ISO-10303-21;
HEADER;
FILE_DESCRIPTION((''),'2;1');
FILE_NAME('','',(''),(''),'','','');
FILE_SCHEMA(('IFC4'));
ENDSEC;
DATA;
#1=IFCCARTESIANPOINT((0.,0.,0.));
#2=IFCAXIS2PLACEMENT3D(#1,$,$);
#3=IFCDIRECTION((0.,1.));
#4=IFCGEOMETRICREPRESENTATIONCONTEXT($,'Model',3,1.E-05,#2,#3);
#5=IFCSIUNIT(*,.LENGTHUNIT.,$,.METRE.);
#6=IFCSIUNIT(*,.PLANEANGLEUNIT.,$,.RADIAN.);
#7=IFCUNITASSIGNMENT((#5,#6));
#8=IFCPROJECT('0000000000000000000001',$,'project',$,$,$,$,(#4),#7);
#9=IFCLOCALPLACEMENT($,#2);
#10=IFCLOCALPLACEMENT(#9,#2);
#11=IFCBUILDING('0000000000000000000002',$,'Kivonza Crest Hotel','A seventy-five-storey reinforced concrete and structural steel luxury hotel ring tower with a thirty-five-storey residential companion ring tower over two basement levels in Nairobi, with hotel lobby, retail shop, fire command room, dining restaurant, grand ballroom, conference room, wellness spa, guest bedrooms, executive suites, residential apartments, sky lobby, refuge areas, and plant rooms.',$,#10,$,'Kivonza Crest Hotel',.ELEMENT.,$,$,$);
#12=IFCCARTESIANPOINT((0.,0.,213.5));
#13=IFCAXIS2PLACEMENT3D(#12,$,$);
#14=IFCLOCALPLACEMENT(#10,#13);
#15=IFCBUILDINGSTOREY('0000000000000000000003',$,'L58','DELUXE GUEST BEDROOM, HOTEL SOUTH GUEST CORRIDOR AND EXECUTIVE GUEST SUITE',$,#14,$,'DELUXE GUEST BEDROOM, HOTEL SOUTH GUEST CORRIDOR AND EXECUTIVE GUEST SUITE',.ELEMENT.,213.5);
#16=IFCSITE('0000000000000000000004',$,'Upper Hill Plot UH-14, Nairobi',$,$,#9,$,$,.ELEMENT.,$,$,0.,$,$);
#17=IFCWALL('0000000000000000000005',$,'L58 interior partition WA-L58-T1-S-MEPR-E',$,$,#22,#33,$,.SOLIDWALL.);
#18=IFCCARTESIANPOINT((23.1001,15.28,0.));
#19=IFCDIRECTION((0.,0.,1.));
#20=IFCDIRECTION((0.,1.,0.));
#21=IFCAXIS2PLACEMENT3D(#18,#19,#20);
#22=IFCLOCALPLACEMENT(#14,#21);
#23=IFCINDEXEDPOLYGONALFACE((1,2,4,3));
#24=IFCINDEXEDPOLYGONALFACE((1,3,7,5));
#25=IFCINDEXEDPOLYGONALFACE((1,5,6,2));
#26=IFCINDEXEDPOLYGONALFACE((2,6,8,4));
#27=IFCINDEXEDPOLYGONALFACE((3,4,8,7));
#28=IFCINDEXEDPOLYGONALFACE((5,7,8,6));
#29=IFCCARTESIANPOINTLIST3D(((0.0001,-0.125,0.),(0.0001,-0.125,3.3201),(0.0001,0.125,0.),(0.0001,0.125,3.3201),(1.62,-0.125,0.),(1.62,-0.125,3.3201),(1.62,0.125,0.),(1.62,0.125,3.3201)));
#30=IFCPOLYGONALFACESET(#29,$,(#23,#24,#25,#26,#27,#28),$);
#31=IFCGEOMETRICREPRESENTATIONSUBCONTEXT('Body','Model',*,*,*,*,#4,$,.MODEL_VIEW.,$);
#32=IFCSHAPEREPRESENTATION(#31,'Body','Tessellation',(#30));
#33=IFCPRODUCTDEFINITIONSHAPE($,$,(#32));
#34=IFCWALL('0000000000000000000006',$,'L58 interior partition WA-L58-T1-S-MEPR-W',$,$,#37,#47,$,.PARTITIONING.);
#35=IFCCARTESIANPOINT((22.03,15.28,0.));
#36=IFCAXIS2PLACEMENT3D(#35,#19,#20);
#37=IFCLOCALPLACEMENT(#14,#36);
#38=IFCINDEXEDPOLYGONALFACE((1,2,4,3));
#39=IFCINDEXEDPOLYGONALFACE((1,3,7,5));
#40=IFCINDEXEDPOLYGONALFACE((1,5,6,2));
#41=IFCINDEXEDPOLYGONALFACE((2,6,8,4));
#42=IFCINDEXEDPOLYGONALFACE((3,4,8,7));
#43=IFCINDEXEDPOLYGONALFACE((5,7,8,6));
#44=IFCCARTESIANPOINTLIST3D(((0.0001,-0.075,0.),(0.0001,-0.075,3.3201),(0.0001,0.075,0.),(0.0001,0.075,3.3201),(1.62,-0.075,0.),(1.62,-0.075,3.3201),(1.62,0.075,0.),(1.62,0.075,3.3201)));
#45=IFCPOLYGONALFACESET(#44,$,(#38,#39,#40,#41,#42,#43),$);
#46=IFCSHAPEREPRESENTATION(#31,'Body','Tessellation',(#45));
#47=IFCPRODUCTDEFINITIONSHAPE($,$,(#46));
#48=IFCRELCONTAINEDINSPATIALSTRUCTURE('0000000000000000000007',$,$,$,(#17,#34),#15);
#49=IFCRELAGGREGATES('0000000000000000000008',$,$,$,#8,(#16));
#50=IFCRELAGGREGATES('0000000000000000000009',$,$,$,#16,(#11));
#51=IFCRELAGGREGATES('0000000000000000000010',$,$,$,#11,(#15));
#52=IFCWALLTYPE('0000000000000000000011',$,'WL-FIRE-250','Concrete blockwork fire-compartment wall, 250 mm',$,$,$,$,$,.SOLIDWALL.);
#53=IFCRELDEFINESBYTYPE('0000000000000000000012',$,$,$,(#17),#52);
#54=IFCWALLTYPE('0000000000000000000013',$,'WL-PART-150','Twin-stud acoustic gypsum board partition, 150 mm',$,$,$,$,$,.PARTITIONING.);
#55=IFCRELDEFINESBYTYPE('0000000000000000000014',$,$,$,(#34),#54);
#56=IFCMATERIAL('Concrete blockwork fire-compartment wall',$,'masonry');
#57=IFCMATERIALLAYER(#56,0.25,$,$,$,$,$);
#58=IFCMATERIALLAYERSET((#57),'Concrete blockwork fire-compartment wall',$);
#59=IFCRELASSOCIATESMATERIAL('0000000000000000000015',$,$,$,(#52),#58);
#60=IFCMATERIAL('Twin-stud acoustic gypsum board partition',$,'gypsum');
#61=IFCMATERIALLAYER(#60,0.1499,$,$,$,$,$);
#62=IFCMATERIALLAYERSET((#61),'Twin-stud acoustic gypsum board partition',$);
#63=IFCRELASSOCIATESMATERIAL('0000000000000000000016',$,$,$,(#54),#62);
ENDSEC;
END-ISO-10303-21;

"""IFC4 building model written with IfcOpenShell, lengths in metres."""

from ifc_helpers import new_model, si_unit, direction, frame, frame_2d, origin, place, context, subcontext, project, spatial, rectangle, extrude, material, layer, layer_set, type_object, element, save


model = new_model("IFC4")

# Units and contexts
model_context = context("Model", 3, precision=1e-05, world=origin(), true_north=direction((0.0, 1.0)))
body_context = subcontext(model_context, "Body", "Model", "MODEL_VIEW")
ifc_project = project(units=[si_unit("LENGTHUNIT", "METRE"), si_unit("PLANEANGLEUNIT", "RADIAN")], contexts=[model_context])

# Site, building, storey
site_placement = place(None, origin())
site = spatial("IfcSite", under=ifc_project, at=site_placement, Name="Upper Hill Plot UH-14, Nairobi", CompositionType="ELEMENT", RefElevation=0.0)
building_placement = place(site_placement, origin())
building = spatial("IfcBuilding", under=site, at=building_placement, Name="Kivonza Crest Hotel", Description="A seventy-five-storey reinforced concrete and structural steel luxury hotel ring tower with a thirty-five-storey residential companion ring tower over two basement levels in Nairobi, with hotel lobby, retail shop, fire command room, dining restaurant, grand ballroom, conference room, wellness spa, guest bedrooms, executive suites, residential apartments, sky lobby, refuge areas, and plant rooms.", LongName="Kivonza Crest Hotel", CompositionType="ELEMENT")
storey_placement = place(building_placement, frame((0.0, 0.0, 213.5)))
storey = spatial("IfcBuildingStorey", under=building, at=storey_placement, Name="L58", Description="DELUXE GUEST BEDROOM, HOTEL SOUTH GUEST CORRIDOR AND EXECUTIVE GUEST SUITE", LongName="DELUXE GUEST BEDROOM, HOTEL SOUTH GUEST CORRIDOR AND EXECUTIVE GUEST SUITE", CompositionType="ELEMENT", Elevation=213.5)

# Walls
ifc_material_1 = material(Name="Concrete blockwork fire-compartment wall", Category="masonry")
ifc_layer_1 = layer(ifc_material_1, 0.25)
ifc_layer_set_1 = layer_set([ifc_layer_1], Name="Concrete blockwork fire-compartment wall")
wall_type_1 = type_object("IfcWallType", Name="WL-FIRE-250", Description="Concrete blockwork fire-compartment wall, 250 mm", PredefinedType="SOLIDWALL", material=ifc_layer_set_1)
wall_1_placement = place(storey_placement, frame((23.1001, 15.28, 0.0), z_axis=(0.0, 0.0, 1.0), x_axis=(0.0, 1.0, 0.0)))
element("IfcWall", 1, at=wall_1_placement, inside=storey, type_object=wall_type_1, Name="L58 interior partition WA-L58-T1-S-MEPR-E", PredefinedType="SOLIDWALL", context=body_context, shape_type="SweptSolid", body=[
    extrude(rectangle(XDim=1.6199, YDim=0.25, at=frame_2d((0.8101, 0.0))), origin(), (0.0, 0.0, 1.0), 3.3201),
])
ifc_material_2 = material(Name="Twin-stud acoustic gypsum board partition", Category="gypsum")
ifc_layer_2 = layer(ifc_material_2, 0.1499)
ifc_layer_set_2 = layer_set([ifc_layer_2], Name="Twin-stud acoustic gypsum board partition")
wall_type_2 = type_object("IfcWallType", Name="WL-PART-150", Description="Twin-stud acoustic gypsum board partition, 150 mm", PredefinedType="PARTITIONING", material=ifc_layer_set_2)
wall_2_placement = place(storey_placement, frame((22.03, 15.28, 0.0), z_axis=(0.0, 0.0, 1.0), x_axis=(0.0, 1.0, 0.0)))
element("IfcWall", 2, at=wall_2_placement, inside=storey, type_object=wall_type_2, Name="L58 interior partition WA-L58-T1-S-MEPR-W", PredefinedType="PARTITIONING", context=body_context, shape_type="SweptSolid", body=[
    extrude(rectangle(XDim=1.6199, YDim=0.1499, at=frame_2d((0.8101, 0.0))), origin(), (0.0, 0.0, 1.0), 3.3201),
])

save(model, "model.ifc")
